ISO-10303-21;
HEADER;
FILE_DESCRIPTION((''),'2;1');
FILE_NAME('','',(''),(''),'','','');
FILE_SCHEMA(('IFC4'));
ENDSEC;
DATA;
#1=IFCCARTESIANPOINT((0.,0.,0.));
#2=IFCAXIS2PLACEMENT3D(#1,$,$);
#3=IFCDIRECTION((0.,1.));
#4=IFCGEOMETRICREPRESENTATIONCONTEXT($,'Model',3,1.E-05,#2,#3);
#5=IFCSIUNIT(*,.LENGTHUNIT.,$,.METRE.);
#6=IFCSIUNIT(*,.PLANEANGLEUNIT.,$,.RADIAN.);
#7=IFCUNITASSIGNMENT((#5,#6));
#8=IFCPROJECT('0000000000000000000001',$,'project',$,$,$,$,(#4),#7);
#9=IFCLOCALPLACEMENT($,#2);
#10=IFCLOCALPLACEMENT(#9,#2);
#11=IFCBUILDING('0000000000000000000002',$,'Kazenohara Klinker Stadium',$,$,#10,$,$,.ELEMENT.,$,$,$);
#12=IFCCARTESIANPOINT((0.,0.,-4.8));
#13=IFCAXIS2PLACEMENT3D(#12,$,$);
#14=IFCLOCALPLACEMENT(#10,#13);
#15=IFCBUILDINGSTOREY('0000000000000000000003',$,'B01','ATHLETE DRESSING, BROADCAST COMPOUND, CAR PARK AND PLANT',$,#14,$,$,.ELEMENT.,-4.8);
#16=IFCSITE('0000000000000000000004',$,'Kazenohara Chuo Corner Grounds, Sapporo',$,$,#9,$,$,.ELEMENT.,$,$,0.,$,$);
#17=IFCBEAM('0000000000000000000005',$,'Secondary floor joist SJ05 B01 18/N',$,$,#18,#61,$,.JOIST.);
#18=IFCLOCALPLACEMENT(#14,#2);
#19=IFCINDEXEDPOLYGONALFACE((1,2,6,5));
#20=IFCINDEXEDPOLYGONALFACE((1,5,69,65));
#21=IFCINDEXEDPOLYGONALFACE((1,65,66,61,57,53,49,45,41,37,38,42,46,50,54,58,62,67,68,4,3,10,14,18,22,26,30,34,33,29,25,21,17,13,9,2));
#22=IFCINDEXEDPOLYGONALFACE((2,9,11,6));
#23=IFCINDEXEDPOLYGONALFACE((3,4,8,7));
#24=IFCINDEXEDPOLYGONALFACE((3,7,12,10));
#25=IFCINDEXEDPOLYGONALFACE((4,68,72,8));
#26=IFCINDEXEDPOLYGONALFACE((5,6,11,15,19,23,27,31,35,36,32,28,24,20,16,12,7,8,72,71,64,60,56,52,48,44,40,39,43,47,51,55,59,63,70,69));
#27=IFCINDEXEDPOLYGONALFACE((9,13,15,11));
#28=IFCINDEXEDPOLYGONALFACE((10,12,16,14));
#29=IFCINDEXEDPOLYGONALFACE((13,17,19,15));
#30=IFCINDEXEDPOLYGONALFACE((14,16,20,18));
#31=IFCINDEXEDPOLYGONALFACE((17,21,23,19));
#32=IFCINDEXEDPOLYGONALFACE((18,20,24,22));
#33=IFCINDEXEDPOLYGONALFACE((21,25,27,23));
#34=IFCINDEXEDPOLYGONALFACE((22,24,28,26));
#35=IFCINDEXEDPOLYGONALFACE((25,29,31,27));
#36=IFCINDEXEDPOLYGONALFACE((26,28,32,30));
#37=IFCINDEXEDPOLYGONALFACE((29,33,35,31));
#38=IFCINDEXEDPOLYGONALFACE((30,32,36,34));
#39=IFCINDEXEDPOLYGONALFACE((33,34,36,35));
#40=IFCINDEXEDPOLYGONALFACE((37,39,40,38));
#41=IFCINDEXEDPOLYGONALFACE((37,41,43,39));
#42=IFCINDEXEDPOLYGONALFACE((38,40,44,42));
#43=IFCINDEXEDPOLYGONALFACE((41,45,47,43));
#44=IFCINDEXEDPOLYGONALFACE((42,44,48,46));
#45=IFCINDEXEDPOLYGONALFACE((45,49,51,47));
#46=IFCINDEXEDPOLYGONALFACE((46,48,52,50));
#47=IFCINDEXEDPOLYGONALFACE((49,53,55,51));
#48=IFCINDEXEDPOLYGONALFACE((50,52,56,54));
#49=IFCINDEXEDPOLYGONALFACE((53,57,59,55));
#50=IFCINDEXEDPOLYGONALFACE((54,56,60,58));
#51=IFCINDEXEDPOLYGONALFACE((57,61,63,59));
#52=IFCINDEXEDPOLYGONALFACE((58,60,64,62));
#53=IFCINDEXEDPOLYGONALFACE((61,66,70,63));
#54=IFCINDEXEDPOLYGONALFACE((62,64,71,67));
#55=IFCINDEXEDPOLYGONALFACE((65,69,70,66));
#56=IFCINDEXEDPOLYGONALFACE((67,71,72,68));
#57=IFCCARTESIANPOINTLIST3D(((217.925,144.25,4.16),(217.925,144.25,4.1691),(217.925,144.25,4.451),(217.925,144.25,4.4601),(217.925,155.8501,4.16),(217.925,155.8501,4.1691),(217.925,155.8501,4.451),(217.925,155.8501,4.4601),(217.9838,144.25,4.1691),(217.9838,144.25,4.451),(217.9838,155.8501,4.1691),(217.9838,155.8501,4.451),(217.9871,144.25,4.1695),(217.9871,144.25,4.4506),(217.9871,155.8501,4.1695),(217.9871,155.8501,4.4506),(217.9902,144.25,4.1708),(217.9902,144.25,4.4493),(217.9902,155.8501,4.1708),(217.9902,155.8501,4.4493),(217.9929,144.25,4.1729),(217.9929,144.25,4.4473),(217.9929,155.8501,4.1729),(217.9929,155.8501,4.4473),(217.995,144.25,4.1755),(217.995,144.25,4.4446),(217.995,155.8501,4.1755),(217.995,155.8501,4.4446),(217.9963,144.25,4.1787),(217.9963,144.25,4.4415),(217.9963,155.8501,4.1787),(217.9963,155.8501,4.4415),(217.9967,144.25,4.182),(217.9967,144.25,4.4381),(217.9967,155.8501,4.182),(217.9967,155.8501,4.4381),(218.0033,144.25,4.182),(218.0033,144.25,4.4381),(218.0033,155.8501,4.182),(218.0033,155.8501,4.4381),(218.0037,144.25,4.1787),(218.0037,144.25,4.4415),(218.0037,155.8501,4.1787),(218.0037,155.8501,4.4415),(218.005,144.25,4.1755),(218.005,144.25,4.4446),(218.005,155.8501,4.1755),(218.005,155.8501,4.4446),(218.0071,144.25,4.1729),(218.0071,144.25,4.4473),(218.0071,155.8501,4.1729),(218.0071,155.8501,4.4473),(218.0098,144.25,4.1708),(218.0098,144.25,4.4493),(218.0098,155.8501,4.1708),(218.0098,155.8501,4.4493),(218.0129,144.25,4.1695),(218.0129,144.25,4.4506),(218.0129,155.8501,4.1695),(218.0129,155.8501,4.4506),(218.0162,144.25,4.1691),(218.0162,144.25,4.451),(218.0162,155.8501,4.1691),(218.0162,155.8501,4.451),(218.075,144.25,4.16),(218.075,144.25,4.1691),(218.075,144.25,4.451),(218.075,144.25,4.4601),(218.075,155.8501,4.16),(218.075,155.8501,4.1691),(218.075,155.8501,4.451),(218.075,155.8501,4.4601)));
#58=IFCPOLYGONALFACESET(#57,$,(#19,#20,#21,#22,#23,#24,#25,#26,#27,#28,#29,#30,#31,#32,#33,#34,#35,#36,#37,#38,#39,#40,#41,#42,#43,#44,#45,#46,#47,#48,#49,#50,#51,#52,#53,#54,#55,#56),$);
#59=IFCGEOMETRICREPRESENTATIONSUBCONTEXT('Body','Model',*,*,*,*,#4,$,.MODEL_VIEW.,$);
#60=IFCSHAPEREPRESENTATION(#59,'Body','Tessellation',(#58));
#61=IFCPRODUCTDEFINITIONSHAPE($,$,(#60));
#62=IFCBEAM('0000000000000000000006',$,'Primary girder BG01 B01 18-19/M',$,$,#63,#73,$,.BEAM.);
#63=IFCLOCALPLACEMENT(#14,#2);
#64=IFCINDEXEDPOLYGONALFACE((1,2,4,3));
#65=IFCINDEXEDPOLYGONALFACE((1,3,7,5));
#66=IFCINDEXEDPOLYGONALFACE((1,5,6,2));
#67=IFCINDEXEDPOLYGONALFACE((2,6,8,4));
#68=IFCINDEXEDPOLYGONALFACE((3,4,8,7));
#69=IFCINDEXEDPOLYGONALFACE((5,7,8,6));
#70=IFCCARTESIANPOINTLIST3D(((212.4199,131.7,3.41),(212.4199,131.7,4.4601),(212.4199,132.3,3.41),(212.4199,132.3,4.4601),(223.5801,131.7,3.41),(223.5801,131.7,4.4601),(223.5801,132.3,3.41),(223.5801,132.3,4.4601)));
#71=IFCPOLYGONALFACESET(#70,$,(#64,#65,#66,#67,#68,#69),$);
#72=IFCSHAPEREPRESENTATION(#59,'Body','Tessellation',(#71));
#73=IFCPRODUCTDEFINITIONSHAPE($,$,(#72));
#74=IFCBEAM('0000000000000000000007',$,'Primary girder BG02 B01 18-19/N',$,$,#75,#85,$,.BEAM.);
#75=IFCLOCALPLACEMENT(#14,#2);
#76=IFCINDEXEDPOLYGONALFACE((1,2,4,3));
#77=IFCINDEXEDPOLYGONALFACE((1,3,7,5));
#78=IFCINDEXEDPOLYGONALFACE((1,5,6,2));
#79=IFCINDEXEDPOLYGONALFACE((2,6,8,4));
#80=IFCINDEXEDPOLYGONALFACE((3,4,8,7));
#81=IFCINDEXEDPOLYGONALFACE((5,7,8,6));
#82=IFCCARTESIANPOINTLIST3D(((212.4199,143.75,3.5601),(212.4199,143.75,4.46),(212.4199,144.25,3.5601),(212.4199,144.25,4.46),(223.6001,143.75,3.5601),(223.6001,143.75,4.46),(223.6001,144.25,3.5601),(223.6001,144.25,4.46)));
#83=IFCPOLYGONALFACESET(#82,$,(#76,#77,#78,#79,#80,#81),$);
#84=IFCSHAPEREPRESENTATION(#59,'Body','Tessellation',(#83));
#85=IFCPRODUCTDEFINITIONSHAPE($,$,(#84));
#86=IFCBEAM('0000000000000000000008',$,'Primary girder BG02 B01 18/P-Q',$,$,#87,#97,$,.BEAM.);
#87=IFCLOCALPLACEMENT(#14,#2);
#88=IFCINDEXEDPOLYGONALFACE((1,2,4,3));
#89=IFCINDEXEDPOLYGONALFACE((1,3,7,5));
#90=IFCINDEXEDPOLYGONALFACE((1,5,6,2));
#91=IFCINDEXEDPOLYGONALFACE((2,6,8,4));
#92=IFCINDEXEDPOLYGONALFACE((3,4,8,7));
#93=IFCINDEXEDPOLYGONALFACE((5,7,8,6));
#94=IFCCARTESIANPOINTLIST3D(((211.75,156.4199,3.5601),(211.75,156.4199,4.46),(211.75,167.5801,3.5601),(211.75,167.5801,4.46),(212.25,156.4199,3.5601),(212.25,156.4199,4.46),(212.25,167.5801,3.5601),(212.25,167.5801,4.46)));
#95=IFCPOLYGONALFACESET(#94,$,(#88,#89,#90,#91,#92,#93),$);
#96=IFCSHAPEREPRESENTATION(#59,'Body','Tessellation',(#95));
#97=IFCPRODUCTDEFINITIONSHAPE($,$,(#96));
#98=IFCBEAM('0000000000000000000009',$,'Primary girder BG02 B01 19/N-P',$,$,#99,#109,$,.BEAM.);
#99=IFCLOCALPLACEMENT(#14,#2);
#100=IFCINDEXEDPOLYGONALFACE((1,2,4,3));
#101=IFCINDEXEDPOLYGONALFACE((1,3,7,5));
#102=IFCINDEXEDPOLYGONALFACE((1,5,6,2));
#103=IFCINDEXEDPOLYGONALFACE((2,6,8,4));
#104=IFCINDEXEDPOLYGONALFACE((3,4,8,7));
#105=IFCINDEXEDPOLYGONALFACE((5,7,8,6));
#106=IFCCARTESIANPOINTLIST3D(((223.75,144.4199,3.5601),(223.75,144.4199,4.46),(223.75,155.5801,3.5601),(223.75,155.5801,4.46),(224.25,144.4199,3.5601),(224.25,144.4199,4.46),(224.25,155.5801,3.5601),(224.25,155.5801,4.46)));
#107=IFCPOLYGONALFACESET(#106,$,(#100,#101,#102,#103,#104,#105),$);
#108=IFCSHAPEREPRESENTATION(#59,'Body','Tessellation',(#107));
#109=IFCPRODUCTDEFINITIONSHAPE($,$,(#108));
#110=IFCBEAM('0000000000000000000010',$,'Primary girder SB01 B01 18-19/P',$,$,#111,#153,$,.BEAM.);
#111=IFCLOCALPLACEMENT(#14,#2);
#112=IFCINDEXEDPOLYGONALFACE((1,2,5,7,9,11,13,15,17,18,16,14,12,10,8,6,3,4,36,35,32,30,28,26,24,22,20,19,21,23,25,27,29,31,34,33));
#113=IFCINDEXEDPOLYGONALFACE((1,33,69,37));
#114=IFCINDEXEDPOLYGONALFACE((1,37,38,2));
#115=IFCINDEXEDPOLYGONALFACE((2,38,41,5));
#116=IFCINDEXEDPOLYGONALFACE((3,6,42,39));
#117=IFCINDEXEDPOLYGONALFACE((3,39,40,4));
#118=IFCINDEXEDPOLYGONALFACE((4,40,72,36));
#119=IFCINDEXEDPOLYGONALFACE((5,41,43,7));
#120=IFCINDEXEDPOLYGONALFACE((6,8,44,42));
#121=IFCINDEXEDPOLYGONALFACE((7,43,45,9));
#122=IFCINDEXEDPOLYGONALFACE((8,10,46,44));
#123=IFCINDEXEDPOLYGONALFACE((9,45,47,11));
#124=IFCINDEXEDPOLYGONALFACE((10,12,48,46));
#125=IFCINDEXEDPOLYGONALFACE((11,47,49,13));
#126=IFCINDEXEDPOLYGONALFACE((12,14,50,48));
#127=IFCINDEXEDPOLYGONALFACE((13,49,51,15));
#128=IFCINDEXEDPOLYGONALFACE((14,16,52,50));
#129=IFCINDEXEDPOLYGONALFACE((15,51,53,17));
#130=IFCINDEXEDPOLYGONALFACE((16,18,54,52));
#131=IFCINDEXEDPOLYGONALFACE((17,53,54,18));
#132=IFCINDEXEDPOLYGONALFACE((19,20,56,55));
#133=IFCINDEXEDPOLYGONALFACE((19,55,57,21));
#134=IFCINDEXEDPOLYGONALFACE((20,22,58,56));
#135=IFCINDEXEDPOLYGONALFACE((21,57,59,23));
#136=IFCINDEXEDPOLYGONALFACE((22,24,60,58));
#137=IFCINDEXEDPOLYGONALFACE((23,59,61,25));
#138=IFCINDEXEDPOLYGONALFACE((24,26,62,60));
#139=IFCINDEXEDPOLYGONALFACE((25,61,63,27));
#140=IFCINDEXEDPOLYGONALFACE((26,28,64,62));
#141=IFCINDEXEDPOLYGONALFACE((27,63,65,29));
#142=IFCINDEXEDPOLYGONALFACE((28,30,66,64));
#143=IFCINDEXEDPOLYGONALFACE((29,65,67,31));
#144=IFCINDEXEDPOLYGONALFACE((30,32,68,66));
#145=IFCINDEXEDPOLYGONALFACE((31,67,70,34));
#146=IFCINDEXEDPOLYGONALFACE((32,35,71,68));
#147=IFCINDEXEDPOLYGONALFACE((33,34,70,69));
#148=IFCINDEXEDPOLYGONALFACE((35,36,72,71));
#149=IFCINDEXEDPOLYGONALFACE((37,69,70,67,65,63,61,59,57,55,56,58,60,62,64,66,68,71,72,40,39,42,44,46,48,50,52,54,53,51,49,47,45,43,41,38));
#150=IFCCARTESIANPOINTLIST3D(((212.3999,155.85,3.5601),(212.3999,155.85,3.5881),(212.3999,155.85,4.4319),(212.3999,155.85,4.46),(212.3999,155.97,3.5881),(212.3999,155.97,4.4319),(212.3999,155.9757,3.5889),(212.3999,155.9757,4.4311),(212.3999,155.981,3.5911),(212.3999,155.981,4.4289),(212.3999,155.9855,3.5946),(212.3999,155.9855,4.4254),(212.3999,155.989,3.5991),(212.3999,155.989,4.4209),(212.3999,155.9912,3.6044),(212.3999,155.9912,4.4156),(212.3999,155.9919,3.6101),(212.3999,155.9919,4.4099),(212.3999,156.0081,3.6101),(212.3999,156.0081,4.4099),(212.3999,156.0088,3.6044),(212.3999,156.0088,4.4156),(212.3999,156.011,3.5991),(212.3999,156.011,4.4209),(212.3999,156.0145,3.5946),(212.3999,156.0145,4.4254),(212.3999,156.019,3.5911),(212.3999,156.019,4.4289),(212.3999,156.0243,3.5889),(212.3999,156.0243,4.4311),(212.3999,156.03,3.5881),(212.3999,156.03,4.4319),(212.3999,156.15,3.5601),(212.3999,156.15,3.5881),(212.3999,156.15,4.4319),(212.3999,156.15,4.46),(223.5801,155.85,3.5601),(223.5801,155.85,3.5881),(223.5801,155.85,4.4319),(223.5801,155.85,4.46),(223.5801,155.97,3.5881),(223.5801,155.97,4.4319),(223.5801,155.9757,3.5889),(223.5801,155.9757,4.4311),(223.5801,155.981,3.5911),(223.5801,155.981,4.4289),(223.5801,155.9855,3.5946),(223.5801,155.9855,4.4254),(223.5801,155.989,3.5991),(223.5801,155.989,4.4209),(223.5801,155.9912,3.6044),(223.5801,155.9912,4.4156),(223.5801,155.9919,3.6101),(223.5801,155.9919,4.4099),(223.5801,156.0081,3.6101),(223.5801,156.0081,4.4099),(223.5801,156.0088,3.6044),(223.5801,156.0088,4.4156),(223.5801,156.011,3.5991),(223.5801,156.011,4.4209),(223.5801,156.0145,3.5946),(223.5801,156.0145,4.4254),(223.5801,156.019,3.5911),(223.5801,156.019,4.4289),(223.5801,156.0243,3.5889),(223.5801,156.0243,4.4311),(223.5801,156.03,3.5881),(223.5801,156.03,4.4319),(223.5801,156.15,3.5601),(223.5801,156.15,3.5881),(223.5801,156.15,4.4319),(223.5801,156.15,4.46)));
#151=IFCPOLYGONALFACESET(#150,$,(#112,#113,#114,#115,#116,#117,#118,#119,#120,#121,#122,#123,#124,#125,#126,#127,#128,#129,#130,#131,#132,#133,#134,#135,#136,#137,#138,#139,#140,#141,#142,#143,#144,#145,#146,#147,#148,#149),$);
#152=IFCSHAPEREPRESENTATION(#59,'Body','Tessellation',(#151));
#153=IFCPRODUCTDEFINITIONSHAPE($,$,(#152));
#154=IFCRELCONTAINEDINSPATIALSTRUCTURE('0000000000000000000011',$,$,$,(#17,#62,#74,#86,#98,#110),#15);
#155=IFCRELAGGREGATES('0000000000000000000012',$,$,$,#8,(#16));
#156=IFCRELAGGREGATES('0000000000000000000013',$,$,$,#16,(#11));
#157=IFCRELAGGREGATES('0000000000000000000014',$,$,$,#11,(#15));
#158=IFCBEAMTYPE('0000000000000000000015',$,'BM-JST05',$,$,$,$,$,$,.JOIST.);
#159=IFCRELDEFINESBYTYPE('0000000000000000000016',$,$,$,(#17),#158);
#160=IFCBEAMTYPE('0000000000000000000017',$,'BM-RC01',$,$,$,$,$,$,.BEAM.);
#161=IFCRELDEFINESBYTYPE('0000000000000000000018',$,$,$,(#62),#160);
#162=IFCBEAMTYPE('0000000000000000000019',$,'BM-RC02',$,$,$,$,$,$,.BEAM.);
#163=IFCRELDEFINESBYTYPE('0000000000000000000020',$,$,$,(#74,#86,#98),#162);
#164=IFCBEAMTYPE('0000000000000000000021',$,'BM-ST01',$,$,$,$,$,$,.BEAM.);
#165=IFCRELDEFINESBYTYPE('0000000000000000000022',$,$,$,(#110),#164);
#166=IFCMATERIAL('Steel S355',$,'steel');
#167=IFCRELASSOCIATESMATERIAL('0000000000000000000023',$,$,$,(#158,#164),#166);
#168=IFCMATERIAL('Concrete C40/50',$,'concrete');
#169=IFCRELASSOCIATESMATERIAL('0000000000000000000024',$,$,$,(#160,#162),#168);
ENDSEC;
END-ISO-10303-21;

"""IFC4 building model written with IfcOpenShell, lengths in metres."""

from ifc_helpers import new_model, si_unit, direction, frame, origin, origin_2d, place, context, subcontext, project, spatial, rectangle, i_section, extrude, material, material_profile, profile_set, type_object, element, save


model = new_model("IFC4")

# Units and contexts
model_context = context("Model", 3, precision=1e-05, world=origin(), true_north=direction((0.0, 1.0)))
body_context = subcontext(model_context, "Body", "Model", "MODEL_VIEW")
ifc_project = project(units=[si_unit("LENGTHUNIT", "METRE"), si_unit("PLANEANGLEUNIT", "RADIAN")], contexts=[model_context])

# Site, building, storey
site_placement = place(None, origin())
site = spatial("IfcSite", under=ifc_project, at=site_placement, Name="Kazenohara Chuo Corner Grounds, Sapporo", CompositionType="ELEMENT", RefElevation=0.0)
building_placement = place(site_placement, origin())
building = spatial("IfcBuilding", under=site, at=building_placement, Name="Kazenohara Klinker Stadium", CompositionType="ELEMENT")
storey_placement = place(building_placement, frame((0.0, 0.0, -4.8)))
storey = spatial("IfcBuildingStorey", under=building, at=storey_placement, Name="B01", Description="ATHLETE DRESSING, BROADCAST COMPOUND, CAR PARK AND PLANT", CompositionType="ELEMENT", Elevation=-4.8)

# Shared definitions
ifc_material_1 = material(Name="Concrete C40/50", Category="concrete")

# Beams
ifc_material_2 = material(Name="Steel S355", Category="steel")
ifc_material_profile_1 = material_profile(ifc_material_2, i_section(OverallWidth=0.1499, OverallDepth=0.3, WebThickness=0.0066, FlangeThickness=0.009, FilletRadius=0.0129, at=origin_2d()), Name="H-300x150x6.5x9")
ifc_profile_set_1 = profile_set([ifc_material_profile_1], Name="Steel S355")
beam_type_1 = type_object("IfcBeamType", Name="BM-JST05", PredefinedType="JOIST", material=ifc_profile_set_1)
for number, where, z_axis, x_axis, name in (
    (1, (218.0, 144.25, 4.3101), (0.0, 1.0, 0.0), (-1.0, 0.0, 0.0), "Secondary floor joist SJ05 B01 18/N"),
):
    element("IfcBeam", number, at=place(storey_placement, frame(where, z_axis=z_axis, x_axis=x_axis)), inside=storey, type_object=beam_type_1, Name=name, PredefinedType="JOIST", context=body_context, shape_type="SweptSolid", body=[
        extrude(i_section(OverallWidth=0.1499, OverallDepth=0.3, WebThickness=0.0066, FlangeThickness=0.009, FilletRadius=0.0129, at=origin_2d()), origin(), (0.0, 0.0, 1.0), 11.6001),
    ])
ifc_material_profile_2 = material_profile(ifc_material_1, rectangle(XDim=0.6001, YDim=1.05, at=origin_2d()), Name="RC-BM-600x1050")
ifc_profile_set_2 = profile_set([ifc_material_profile_2], Name="Concrete C40/50")
beam_type_2 = type_object("IfcBeamType", Name="BM-RC01", PredefinedType="BEAM", material=ifc_profile_set_2)
beam_1_placement = place(storey_placement, frame((212.4199, 132.0, 3.9351), z_axis=(1.0, 0.0, 0.0), x_axis=(0.0, 1.0, 0.0)))
element("IfcBeam", 2, at=beam_1_placement, inside=storey, type_object=beam_type_2, Name="Primary girder BG01 B01 18-19/M", PredefinedType="BEAM", context=body_context, shape_type="SweptSolid", body=[
    extrude(rectangle(XDim=0.6001, YDim=1.05, at=origin_2d()), origin(), (0.0, 0.0, 1.0), 11.1602),
])
ifc_material_profile_3 = material_profile(ifc_material_1, rectangle(XDim=0.5, YDim=0.8999, at=origin_2d()), Name="RC-BM-500x900")
ifc_profile_set_3 = profile_set([ifc_material_profile_3], Name="Concrete C40/50")
beam_type_3 = type_object("IfcBeamType", Name="BM-RC02", PredefinedType="BEAM", material=ifc_profile_set_3)
beam_2_placement = place(storey_placement, frame((212.4199, 144.0, 4.01), z_axis=(1.0, 0.0, 0.0), x_axis=(0.0, 1.0, 0.0)))
element("IfcBeam", 3, at=beam_2_placement, inside=storey, type_object=beam_type_3, Name="Primary girder BG02 B01 18-19/N", PredefinedType="BEAM", context=body_context, shape_type="SweptSolid", body=[
    extrude(rectangle(XDim=0.5, YDim=0.8999, at=origin_2d()), origin(), (0.0, 0.0, 1.0), 11.1802),
])
for number, where, z_axis, x_axis, name in (
    (4, (212.0, 156.4199, 4.01), (0.0, 1.0, 0.0), (-1.0, 0.0, 0.0), "Primary girder BG02 B01 18/P-Q"),
    (5, (224.0, 144.4199, 4.01), (0.0, 1.0, 0.0), (-1.0, 0.0, 0.0), "Primary girder BG02 B01 19/N-P"),
):
    element("IfcBeam", number, at=place(storey_placement, frame(where, z_axis=z_axis, x_axis=x_axis)), inside=storey, type_object=beam_type_3, Name=name, PredefinedType="BEAM", context=body_context, shape_type="SweptSolid", body=[
        extrude(rectangle(XDim=0.5, YDim=0.8999, at=origin_2d()), origin(), (0.0, 0.0, 1.0), 11.1602),
    ])
ifc_material_profile_4 = material_profile(ifc_material_2, i_section(OverallWidth=0.3, OverallDepth=0.8999, WebThickness=0.0161, FlangeThickness=0.0281, FilletRadius=0.022, at=origin_2d()), Name="H-900x300x16x28")
ifc_profile_set_4 = profile_set([ifc_material_profile_4], Name="Steel S355")
beam_type_4 = type_object("IfcBeamType", Name="BM-ST01", PredefinedType="BEAM", material=ifc_profile_set_4)
beam_3_placement = place(storey_placement, frame((212.3999, 156.0, 4.01), z_axis=(1.0, 0.0, 0.0), x_axis=(0.0, 1.0, 0.0)))
element("IfcBeam", 6, at=beam_3_placement, inside=storey, type_object=beam_type_4, Name="Primary girder SB01 B01 18-19/P", PredefinedType="BEAM", context=body_context, shape_type="SweptSolid", body=[
    extrude(i_section(OverallWidth=0.3, OverallDepth=0.8999, WebThickness=0.0161, FlangeThickness=0.0281, FilletRadius=0.022, at=origin_2d()), origin(), (0.0, 0.0, 1.0), 11.1802),
])

save(model, "model.ifc")
